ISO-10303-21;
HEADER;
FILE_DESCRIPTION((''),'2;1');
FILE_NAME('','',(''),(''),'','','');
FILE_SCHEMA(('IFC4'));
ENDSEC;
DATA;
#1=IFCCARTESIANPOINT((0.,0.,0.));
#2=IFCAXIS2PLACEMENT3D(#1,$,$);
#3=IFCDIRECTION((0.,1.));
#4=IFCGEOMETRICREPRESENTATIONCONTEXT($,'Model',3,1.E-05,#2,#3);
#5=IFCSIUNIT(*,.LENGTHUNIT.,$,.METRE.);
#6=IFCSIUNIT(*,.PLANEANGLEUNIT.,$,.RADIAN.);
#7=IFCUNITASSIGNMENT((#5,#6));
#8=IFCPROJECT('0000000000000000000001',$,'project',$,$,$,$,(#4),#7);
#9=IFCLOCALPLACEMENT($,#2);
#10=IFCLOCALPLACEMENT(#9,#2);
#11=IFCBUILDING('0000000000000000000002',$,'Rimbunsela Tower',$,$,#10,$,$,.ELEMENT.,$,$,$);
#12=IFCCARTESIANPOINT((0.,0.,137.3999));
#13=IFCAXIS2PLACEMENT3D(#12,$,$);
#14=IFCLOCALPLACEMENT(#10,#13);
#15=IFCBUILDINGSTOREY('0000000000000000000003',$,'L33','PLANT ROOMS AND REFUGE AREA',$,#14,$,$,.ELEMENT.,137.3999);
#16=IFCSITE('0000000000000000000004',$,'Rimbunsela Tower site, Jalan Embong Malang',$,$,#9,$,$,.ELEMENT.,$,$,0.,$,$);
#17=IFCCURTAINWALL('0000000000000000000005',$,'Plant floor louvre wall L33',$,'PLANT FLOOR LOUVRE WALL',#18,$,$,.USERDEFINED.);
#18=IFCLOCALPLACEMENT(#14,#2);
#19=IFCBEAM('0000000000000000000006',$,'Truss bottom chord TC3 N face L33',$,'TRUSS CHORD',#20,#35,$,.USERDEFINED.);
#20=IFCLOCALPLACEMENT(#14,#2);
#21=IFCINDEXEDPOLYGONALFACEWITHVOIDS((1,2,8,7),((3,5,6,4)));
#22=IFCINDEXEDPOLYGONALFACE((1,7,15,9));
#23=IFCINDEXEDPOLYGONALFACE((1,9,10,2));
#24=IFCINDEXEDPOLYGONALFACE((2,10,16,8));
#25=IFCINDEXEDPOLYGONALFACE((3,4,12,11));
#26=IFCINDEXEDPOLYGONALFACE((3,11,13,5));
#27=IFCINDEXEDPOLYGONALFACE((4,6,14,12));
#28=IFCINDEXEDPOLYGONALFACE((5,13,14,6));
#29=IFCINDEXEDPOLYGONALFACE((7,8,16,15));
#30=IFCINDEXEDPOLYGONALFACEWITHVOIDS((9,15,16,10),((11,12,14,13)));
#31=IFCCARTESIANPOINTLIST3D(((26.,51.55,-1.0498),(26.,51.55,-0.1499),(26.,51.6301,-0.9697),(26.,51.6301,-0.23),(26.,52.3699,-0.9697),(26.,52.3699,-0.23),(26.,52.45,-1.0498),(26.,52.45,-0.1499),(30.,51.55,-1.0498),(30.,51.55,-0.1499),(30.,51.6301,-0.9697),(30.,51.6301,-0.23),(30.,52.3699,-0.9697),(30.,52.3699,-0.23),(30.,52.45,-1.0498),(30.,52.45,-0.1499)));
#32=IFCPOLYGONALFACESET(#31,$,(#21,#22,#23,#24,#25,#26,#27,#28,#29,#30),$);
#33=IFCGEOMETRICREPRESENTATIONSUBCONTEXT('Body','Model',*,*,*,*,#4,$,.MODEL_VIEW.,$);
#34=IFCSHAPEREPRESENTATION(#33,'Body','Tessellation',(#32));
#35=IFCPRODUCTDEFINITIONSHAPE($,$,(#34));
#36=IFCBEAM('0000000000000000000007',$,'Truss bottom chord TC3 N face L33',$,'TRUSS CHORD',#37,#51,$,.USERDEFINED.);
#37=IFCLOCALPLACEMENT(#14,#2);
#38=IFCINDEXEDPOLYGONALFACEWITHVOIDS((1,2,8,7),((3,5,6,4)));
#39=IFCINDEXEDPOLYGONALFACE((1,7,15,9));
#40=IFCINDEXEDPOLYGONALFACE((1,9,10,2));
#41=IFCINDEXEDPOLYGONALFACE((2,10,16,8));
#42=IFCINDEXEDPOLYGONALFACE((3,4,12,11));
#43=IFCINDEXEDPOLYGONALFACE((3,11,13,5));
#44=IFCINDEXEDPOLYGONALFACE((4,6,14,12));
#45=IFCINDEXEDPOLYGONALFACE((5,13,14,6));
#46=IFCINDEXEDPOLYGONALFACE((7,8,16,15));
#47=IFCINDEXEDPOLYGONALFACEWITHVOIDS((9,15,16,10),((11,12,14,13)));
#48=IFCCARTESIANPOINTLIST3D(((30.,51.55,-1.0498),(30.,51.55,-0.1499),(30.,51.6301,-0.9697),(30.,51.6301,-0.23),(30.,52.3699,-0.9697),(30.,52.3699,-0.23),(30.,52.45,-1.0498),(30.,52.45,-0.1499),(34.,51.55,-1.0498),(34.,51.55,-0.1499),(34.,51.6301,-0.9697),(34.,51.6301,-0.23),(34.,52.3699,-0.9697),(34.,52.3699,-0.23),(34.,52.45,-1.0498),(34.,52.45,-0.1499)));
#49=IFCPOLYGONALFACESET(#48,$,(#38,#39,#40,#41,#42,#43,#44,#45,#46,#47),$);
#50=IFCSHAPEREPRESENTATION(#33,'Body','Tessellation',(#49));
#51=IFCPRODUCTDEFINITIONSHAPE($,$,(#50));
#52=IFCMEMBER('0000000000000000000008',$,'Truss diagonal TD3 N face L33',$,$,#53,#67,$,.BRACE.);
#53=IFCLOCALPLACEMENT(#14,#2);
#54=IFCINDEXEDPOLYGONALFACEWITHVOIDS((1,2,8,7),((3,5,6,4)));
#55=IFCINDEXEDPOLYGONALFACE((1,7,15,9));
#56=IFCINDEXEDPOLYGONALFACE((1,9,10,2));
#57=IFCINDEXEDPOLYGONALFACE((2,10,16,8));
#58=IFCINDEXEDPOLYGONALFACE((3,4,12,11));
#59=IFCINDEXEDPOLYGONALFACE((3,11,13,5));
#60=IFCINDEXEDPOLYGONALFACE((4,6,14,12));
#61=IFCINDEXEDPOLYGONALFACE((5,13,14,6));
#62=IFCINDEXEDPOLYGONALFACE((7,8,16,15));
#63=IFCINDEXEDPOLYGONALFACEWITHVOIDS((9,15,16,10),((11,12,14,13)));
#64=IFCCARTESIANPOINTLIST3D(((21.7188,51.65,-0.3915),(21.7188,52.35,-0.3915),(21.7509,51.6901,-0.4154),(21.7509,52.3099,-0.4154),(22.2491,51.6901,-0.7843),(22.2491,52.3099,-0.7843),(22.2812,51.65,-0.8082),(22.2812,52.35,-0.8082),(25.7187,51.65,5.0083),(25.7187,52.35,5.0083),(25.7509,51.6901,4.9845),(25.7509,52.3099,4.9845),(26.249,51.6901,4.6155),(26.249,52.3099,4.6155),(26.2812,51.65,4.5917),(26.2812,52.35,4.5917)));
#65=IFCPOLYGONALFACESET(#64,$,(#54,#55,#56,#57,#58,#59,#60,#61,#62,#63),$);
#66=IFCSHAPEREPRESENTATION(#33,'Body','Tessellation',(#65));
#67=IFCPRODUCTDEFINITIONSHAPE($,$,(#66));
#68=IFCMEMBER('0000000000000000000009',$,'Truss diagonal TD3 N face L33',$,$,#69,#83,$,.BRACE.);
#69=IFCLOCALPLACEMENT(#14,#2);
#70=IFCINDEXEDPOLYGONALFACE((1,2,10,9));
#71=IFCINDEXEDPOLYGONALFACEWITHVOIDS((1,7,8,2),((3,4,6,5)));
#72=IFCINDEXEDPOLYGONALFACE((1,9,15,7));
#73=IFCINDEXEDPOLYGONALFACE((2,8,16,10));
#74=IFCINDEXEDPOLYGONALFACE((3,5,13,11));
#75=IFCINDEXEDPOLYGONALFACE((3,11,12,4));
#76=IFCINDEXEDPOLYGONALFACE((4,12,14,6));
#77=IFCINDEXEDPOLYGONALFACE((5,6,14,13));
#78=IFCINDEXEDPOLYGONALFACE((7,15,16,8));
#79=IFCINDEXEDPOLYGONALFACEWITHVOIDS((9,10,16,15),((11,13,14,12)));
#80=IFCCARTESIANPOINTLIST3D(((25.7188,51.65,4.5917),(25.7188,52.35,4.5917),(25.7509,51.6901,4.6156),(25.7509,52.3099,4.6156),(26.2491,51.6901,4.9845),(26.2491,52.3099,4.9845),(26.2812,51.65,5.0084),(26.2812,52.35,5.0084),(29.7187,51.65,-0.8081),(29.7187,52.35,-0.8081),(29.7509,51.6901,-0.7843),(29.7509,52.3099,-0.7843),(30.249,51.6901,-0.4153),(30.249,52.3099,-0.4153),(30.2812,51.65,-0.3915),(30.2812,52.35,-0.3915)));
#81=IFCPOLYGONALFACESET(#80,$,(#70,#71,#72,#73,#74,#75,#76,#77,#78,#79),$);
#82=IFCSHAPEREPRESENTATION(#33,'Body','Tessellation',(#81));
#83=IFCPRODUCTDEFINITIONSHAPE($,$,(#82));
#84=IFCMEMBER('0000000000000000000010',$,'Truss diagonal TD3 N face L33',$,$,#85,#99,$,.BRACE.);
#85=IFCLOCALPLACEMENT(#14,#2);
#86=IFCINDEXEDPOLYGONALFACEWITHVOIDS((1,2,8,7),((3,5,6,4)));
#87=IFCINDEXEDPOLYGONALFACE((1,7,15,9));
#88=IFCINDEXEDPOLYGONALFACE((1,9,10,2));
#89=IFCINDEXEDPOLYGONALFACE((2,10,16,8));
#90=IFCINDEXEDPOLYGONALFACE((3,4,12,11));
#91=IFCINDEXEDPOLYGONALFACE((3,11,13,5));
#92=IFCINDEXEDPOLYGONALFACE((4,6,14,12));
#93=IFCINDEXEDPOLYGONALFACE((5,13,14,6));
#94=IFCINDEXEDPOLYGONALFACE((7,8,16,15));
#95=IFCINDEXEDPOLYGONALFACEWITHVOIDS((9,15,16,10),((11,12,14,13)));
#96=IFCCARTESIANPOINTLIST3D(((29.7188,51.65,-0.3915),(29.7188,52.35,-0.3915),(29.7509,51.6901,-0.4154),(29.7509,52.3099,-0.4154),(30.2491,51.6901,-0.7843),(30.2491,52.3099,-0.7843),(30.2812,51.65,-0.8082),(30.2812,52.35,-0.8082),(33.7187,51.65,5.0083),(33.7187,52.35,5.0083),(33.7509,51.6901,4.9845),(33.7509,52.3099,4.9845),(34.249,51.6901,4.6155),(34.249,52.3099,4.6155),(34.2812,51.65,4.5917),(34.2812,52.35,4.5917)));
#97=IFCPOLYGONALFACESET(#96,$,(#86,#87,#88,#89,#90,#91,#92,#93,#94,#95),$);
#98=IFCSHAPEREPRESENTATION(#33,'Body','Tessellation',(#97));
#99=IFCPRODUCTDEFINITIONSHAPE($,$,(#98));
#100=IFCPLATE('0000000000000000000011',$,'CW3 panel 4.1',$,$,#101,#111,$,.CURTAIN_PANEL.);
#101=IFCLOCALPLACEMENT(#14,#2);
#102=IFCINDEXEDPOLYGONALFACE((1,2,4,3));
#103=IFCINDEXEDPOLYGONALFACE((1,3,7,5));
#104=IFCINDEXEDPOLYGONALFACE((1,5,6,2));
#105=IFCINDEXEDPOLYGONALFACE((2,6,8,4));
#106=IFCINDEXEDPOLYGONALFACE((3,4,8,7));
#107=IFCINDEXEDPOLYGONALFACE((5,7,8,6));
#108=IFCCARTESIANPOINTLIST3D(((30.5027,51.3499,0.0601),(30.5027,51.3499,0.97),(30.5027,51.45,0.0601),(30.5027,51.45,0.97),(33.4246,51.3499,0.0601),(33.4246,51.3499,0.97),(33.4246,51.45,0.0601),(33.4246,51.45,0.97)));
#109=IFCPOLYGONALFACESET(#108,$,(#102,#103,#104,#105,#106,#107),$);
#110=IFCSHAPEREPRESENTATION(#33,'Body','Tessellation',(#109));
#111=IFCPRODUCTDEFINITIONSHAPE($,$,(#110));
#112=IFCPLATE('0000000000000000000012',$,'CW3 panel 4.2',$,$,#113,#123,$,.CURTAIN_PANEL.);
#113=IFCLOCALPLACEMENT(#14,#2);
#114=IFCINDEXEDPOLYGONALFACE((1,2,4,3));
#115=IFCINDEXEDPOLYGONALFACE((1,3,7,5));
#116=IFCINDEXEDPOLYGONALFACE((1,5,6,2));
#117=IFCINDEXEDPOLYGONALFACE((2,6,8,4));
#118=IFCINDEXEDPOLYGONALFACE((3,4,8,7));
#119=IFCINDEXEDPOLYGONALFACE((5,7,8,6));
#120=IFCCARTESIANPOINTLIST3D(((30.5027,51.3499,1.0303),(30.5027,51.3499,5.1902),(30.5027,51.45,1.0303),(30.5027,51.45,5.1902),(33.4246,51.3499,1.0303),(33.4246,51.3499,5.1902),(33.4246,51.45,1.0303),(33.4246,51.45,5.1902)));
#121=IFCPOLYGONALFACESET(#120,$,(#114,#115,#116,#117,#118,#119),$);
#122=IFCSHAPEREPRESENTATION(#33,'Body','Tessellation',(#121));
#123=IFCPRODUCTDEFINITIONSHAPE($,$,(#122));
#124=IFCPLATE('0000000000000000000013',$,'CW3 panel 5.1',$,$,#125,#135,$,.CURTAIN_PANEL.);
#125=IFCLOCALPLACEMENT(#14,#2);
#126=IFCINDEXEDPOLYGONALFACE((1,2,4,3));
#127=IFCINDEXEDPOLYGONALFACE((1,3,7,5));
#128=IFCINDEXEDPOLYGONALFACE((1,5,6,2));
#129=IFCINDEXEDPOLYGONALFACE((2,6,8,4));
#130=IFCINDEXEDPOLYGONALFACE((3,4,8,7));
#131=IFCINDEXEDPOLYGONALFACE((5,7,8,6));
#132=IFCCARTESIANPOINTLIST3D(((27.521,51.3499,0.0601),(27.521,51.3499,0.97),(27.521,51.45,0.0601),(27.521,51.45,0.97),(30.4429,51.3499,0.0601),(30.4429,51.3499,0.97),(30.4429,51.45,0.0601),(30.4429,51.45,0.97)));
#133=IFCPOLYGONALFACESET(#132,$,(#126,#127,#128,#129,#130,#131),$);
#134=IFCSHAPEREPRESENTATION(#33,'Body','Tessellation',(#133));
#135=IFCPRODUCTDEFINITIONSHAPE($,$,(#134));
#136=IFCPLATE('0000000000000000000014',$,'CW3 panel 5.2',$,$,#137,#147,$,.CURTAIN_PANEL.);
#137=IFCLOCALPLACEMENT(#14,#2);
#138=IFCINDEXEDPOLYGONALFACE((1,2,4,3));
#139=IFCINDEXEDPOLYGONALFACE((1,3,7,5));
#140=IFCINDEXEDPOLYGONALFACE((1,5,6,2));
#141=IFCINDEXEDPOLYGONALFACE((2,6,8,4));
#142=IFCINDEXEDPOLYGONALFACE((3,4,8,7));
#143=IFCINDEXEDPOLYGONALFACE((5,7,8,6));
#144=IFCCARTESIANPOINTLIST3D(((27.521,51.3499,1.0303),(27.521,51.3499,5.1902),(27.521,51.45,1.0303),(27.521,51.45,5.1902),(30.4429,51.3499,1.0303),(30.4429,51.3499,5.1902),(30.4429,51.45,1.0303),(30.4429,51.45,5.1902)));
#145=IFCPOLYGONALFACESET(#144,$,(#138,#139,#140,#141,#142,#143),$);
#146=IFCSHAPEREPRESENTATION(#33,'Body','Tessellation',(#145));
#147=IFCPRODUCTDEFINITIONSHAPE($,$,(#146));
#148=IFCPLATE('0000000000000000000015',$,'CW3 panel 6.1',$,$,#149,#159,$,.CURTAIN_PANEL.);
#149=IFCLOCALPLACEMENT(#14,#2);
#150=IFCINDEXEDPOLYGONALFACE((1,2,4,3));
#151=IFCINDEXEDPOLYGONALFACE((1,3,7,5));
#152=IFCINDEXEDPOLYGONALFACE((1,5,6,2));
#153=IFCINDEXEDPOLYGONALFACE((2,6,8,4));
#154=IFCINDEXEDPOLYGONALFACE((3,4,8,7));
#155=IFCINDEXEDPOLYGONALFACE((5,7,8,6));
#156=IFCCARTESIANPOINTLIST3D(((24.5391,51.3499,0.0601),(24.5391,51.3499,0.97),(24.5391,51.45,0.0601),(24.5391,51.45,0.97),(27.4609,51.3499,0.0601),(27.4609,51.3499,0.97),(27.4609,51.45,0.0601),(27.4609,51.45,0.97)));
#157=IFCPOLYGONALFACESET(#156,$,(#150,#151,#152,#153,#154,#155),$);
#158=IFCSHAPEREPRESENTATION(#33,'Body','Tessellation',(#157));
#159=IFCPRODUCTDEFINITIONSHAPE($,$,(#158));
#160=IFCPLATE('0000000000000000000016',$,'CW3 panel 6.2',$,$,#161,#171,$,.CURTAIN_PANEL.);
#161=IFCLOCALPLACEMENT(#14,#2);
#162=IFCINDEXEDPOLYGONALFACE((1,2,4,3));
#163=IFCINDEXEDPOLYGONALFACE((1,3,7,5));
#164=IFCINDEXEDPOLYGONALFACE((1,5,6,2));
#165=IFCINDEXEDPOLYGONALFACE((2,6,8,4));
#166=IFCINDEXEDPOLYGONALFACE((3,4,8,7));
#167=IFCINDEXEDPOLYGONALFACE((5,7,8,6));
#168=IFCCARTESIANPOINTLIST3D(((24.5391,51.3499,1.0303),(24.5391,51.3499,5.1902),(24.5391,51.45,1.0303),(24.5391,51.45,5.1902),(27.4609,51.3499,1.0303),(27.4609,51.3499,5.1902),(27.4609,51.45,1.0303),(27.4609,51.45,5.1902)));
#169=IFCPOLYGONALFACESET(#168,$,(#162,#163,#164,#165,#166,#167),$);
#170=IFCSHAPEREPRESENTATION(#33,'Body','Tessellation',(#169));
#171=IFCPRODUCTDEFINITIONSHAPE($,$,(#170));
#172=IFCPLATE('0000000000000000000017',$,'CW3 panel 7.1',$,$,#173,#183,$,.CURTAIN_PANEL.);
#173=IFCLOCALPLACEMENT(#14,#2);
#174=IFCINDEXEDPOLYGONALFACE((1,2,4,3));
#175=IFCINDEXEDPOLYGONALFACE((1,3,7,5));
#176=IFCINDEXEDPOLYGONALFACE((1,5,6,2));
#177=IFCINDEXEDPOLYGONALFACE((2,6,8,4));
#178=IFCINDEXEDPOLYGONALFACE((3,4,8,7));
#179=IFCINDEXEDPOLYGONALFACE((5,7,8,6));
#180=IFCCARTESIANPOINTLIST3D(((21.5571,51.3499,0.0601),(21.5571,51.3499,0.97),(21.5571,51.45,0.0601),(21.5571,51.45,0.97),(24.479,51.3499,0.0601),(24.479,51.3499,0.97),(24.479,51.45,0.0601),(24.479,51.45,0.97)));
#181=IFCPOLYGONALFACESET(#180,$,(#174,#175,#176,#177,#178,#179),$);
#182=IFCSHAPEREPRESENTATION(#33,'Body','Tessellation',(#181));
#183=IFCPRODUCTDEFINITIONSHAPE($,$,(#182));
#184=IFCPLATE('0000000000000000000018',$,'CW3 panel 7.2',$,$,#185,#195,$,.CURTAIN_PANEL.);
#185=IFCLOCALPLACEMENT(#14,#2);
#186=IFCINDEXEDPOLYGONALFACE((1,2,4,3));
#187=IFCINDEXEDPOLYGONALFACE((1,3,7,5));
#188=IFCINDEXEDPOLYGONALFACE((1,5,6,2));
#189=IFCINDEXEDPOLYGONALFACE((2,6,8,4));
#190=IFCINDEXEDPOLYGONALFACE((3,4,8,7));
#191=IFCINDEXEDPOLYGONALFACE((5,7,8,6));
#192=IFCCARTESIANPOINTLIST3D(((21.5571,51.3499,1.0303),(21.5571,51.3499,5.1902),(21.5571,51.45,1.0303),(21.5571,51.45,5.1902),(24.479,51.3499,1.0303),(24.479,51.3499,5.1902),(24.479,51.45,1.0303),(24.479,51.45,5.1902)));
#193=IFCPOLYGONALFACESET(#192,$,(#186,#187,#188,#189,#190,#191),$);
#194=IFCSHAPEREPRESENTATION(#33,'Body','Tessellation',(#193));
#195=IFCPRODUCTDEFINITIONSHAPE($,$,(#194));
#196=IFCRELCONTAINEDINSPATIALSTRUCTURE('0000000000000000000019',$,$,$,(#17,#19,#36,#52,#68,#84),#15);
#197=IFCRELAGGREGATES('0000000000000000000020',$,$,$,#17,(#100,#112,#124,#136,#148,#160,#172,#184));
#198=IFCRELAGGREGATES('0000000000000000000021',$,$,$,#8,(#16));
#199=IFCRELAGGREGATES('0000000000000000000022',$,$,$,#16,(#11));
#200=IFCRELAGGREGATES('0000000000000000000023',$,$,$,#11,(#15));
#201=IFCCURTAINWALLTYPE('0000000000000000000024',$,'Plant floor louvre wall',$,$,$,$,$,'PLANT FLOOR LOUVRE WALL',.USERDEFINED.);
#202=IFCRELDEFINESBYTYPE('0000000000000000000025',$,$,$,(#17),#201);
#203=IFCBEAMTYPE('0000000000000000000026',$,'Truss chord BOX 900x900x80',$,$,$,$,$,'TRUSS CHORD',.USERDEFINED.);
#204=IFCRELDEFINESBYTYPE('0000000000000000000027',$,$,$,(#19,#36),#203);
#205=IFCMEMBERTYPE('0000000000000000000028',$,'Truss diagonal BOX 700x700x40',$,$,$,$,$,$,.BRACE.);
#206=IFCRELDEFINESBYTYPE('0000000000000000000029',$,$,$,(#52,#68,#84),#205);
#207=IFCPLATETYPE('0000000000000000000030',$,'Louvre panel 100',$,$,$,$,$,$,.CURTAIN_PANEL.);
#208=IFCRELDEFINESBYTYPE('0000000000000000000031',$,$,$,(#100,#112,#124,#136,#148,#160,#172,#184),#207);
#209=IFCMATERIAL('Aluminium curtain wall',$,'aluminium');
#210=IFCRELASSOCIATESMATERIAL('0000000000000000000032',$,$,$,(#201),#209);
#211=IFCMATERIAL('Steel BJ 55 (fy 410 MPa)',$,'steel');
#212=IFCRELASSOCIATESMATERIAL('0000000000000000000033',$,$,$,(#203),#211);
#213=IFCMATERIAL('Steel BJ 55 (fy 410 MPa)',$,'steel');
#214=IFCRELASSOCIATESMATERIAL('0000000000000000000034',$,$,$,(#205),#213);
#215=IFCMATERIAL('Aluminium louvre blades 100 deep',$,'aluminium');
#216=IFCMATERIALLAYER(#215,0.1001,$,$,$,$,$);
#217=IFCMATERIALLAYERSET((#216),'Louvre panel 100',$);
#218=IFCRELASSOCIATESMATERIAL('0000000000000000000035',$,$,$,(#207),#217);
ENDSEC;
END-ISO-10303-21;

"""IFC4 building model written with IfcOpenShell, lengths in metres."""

from ifc_helpers import new_model, si_unit, direction, frame, origin, origin_2d, place, context, subcontext, project, spatial, rectangle, hollow_rectangle, extrude, material, layer, layer_set, material_profile, profile_set, type_object, element, aggregate, save


model = new_model("IFC4")

# Units and contexts
model_context = context("Model", 3, precision=1e-05, world=origin(), true_north=direction((0.0, 1.0)))
body_context = subcontext(model_context, "Body", "Model", "MODEL_VIEW")
ifc_project = project(units=[si_unit("LENGTHUNIT", "METRE"), si_unit("PLANEANGLEUNIT", "RADIAN")], contexts=[model_context])

# Site, building, storey
site_placement = place(None, origin())
site = spatial("IfcSite", under=ifc_project, at=site_placement, Name="Rimbunsela Tower site, Jalan Embong Malang", CompositionType="ELEMENT", RefElevation=0.0)
building_placement = place(site_placement, origin())
building = spatial("IfcBuilding", under=site, at=building_placement, Name="Rimbunsela Tower", CompositionType="ELEMENT")
storey_placement = place(building_placement, frame((0.0, 0.0, 137.3999)))
storey = spatial("IfcBuildingStorey", under=building, at=storey_placement, Name="L33", Description="PLANT ROOMS AND REFUGE AREA", CompositionType="ELEMENT", Elevation=137.3999)

# Curtain wall
ifc_material_1 = material(Name="Aluminium curtain wall", Category="aluminium")
curtain_wall_type = type_object("IfcCurtainWallType", Name="Plant floor louvre wall", ElementType="PLANT FLOOR LOUVRE WALL", PredefinedType="USERDEFINED", material=ifc_material_1)
curtain_wall_placement = place(storey_placement, origin())
curtain_wall = element("IfcCurtainWall", 1, at=curtain_wall_placement, inside=storey, type_object=curtain_wall_type, Name="Plant floor louvre wall L33", ObjectType="PLANT FLOOR LOUVRE WALL", PredefinedType="USERDEFINED")

# Beams
ifc_material_2 = material(Name="Steel BJ 55 (fy 410 MPa)", Category="steel")
ifc_material_profile_1 = material_profile(ifc_material_2, hollow_rectangle(XDim=0.8999, YDim=0.8999, WallThickness=0.0801, at=origin_2d()), Name="BOX 900x900x80")
ifc_profile_set_1 = profile_set([ifc_material_profile_1], Name="Steel BJ 55 (fy 410 MPa)")
beam_type = type_object("IfcBeamType", Name="Truss chord BOX 900x900x80", ElementType="TRUSS CHORD", PredefinedType="USERDEFINED", material=ifc_profile_set_1)
for number, where, z_axis, x_axis, name in (
    (2, (26.0, 52.0, -0.5999), (1.0, 0.0, 0.0), (0.0, 1.0, 0.0), "Truss bottom chord TC3 N face L33"),
    (3, (30.0, 52.0, -0.5999), (1.0, 0.0, 0.0), (0.0, 1.0, 0.0), "Truss bottom chord TC3 N face L33"),
):
    element("IfcBeam", number, at=place(storey_placement, frame(where, z_axis=z_axis, x_axis=x_axis)), inside=storey, type_object=beam_type, Name=name, ObjectType="TRUSS CHORD", PredefinedType="USERDEFINED", context=body_context, shape_type="SweptSolid", body=[
        extrude(hollow_rectangle(XDim=0.8999, YDim=0.8999, WallThickness=0.0801, at=origin_2d()), origin(), (0.0, 0.0, 1.0), 4.0),
    ])

# Members
ifc_material_3 = material(Name="Steel BJ 55 (fy 410 MPa)", Category="steel")
ifc_material_profile_2 = material_profile(ifc_material_3, hollow_rectangle(XDim=0.7, YDim=0.7, WallThickness=0.04, at=origin_2d()), Name="BOX 700x700x40")
ifc_profile_set_2 = profile_set([ifc_material_profile_2], Name="Steel BJ 55 (fy 410 MPa)")
member_type_1 = type_object("IfcMemberType", Name="Truss diagonal BOX 700x700x40", PredefinedType="BRACE", material=ifc_profile_set_2)
for number, where, z_axis, x_axis, name in (
    (4, (22.0, 52.0, -0.5999), (0.595235, 0.0, 0.803552), (0.0, 1.0, 0.0), "Truss diagonal TD3 N face L33"),
    (5, (26.0, 52.0, 4.8), (0.595235, 0.0, -0.803552), (0.0, 1.0, 0.0), "Truss diagonal TD3 N face L33"),
    (6, (30.0, 52.0, -0.5999), (0.595235, 0.0, 0.803552), (0.0, 1.0, 0.0), "Truss diagonal TD3 N face L33"),
):
    element("IfcMember", number, at=place(storey_placement, frame(where, z_axis=z_axis, x_axis=x_axis)), inside=storey, type_object=member_type_1, Name=name, PredefinedType="BRACE", context=body_context, shape_type="SweptSolid", body=[
        extrude(hollow_rectangle(XDim=0.7, YDim=0.7, WallThickness=0.04, at=origin_2d()), origin(), (0.0, 0.0, 1.0), 6.72),
    ])

# Plates
ifc_material_4 = material(Name="Aluminium louvre blades 100 deep", Category="aluminium")
ifc_layer = layer(ifc_material_4, 0.1001)
ifc_layer_set = layer_set([ifc_layer], Name="Louvre panel 100")
plate_type = type_object("IfcPlateType", Name="Louvre panel 100", PredefinedType="CURTAIN_PANEL", material=ifc_layer_set)
plate_1_placement = place(storey_placement, frame((31.9636, 51.3999, 0.0601), z_axis=(0.0, 0.0, 1.0), x_axis=(-1.0, 0.0, 0.0)))
plate_1 = element("IfcPlate", 7, at=plate_1_placement, type_object=plate_type, Name="CW3 panel 4.1", PredefinedType="CURTAIN_PANEL", context=body_context, shape_type="SweptSolid", body=[
    extrude(rectangle(XDim=2.9219, YDim=0.1001, at=origin_2d()), origin(), (0.0, 0.0, 1.0), 0.9099),
])
plate_2_placement = place(storey_placement, frame((31.9636, 51.3999, 1.0303), z_axis=(0.0, 0.0, 1.0), x_axis=(-1.0, 0.0, 0.0)))
plate_2 = element("IfcPlate", 8, at=plate_2_placement, type_object=plate_type, Name="CW3 panel 4.2", PredefinedType="CURTAIN_PANEL", context=body_context, shape_type="SweptSolid", body=[
    extrude(rectangle(XDim=2.9219, YDim=0.1001, at=origin_2d()), origin(), (0.0, 0.0, 1.0), 4.1599),
])
plate_3_placement = place(storey_placement, frame((28.9819, 51.3999, 0.0601), z_axis=(0.0, 0.0, 1.0), x_axis=(-1.0, 0.0, 0.0)))
plate_3 = element("IfcPlate", 9, at=plate_3_placement, type_object=plate_type, Name="CW3 panel 5.1", PredefinedType="CURTAIN_PANEL", context=body_context, shape_type="SweptSolid", body=[
    extrude(rectangle(XDim=2.9219, YDim=0.1001, at=origin_2d()), origin(), (0.0, 0.0, 1.0), 0.9099),
])
plate_4_placement = place(storey_placement, frame((28.9819, 51.3999, 1.0303), z_axis=(0.0, 0.0, 1.0), x_axis=(-1.0, 0.0, 0.0)))
plate_4 = element("IfcPlate", 10, at=plate_4_placement, type_object=plate_type, Name="CW3 panel 5.2", PredefinedType="CURTAIN_PANEL", context=body_context, shape_type="SweptSolid", body=[
    extrude(rectangle(XDim=2.9219, YDim=0.1001, at=origin_2d()), origin(), (0.0, 0.0, 1.0), 4.1599),
])
plate_5_placement = place(storey_placement, frame((26.0, 51.3999, 0.0601), z_axis=(0.0, 0.0, 1.0), x_axis=(-1.0, 0.0, 0.0)))
plate_5 = element("IfcPlate", 11, at=plate_5_placement, type_object=plate_type, Name="CW3 panel 6.1", PredefinedType="CURTAIN_PANEL", context=body_context, shape_type="SweptSolid", body=[
    extrude(rectangle(XDim=2.9219, YDim=0.1001, at=origin_2d()), origin(), (0.0, 0.0, 1.0), 0.9099),
])
plate_6_placement = place(storey_placement, frame((26.0, 51.3999, 1.0303), z_axis=(0.0, 0.0, 1.0), x_axis=(-1.0, 0.0, 0.0)))
plate_6 = element("IfcPlate", 12, at=plate_6_placement, type_object=plate_type, Name="CW3 panel 6.2", PredefinedType="CURTAIN_PANEL", context=body_context, shape_type="SweptSolid", body=[
    extrude(rectangle(XDim=2.9219, YDim=0.1001, at=origin_2d()), origin(), (0.0, 0.0, 1.0), 4.1599),
])
plate_7_placement = place(storey_placement, frame((23.0181, 51.3999, 0.0601), z_axis=(0.0, 0.0, 1.0), x_axis=(-1.0, 0.0, 0.0)))
plate_7 = element("IfcPlate", 13, at=plate_7_placement, type_object=plate_type, Name="CW3 panel 7.1", PredefinedType="CURTAIN_PANEL", context=body_context, shape_type="SweptSolid", body=[
    extrude(rectangle(XDim=2.9219, YDim=0.1001, at=origin_2d()), origin(), (0.0, 0.0, 1.0), 0.9099),
])
plate_8_placement = place(storey_placement, frame((23.0181, 51.3999, 1.0303), z_axis=(0.0, 0.0, 1.0), x_axis=(-1.0, 0.0, 0.0)))
plate_8 = element("IfcPlate", 14, at=plate_8_placement, type_object=plate_type, Name="CW3 panel 7.2", PredefinedType="CURTAIN_PANEL", context=body_context, shape_type="SweptSolid", body=[
    extrude(rectangle(XDim=2.9219, YDim=0.1001, at=origin_2d()), origin(), (0.0, 0.0, 1.0), 4.1599),
])
aggregate(curtain_wall, [plate_1, plate_2, plate_3, plate_4, plate_5, plate_6, plate_7, plate_8])

save(model, "model.ifc")
